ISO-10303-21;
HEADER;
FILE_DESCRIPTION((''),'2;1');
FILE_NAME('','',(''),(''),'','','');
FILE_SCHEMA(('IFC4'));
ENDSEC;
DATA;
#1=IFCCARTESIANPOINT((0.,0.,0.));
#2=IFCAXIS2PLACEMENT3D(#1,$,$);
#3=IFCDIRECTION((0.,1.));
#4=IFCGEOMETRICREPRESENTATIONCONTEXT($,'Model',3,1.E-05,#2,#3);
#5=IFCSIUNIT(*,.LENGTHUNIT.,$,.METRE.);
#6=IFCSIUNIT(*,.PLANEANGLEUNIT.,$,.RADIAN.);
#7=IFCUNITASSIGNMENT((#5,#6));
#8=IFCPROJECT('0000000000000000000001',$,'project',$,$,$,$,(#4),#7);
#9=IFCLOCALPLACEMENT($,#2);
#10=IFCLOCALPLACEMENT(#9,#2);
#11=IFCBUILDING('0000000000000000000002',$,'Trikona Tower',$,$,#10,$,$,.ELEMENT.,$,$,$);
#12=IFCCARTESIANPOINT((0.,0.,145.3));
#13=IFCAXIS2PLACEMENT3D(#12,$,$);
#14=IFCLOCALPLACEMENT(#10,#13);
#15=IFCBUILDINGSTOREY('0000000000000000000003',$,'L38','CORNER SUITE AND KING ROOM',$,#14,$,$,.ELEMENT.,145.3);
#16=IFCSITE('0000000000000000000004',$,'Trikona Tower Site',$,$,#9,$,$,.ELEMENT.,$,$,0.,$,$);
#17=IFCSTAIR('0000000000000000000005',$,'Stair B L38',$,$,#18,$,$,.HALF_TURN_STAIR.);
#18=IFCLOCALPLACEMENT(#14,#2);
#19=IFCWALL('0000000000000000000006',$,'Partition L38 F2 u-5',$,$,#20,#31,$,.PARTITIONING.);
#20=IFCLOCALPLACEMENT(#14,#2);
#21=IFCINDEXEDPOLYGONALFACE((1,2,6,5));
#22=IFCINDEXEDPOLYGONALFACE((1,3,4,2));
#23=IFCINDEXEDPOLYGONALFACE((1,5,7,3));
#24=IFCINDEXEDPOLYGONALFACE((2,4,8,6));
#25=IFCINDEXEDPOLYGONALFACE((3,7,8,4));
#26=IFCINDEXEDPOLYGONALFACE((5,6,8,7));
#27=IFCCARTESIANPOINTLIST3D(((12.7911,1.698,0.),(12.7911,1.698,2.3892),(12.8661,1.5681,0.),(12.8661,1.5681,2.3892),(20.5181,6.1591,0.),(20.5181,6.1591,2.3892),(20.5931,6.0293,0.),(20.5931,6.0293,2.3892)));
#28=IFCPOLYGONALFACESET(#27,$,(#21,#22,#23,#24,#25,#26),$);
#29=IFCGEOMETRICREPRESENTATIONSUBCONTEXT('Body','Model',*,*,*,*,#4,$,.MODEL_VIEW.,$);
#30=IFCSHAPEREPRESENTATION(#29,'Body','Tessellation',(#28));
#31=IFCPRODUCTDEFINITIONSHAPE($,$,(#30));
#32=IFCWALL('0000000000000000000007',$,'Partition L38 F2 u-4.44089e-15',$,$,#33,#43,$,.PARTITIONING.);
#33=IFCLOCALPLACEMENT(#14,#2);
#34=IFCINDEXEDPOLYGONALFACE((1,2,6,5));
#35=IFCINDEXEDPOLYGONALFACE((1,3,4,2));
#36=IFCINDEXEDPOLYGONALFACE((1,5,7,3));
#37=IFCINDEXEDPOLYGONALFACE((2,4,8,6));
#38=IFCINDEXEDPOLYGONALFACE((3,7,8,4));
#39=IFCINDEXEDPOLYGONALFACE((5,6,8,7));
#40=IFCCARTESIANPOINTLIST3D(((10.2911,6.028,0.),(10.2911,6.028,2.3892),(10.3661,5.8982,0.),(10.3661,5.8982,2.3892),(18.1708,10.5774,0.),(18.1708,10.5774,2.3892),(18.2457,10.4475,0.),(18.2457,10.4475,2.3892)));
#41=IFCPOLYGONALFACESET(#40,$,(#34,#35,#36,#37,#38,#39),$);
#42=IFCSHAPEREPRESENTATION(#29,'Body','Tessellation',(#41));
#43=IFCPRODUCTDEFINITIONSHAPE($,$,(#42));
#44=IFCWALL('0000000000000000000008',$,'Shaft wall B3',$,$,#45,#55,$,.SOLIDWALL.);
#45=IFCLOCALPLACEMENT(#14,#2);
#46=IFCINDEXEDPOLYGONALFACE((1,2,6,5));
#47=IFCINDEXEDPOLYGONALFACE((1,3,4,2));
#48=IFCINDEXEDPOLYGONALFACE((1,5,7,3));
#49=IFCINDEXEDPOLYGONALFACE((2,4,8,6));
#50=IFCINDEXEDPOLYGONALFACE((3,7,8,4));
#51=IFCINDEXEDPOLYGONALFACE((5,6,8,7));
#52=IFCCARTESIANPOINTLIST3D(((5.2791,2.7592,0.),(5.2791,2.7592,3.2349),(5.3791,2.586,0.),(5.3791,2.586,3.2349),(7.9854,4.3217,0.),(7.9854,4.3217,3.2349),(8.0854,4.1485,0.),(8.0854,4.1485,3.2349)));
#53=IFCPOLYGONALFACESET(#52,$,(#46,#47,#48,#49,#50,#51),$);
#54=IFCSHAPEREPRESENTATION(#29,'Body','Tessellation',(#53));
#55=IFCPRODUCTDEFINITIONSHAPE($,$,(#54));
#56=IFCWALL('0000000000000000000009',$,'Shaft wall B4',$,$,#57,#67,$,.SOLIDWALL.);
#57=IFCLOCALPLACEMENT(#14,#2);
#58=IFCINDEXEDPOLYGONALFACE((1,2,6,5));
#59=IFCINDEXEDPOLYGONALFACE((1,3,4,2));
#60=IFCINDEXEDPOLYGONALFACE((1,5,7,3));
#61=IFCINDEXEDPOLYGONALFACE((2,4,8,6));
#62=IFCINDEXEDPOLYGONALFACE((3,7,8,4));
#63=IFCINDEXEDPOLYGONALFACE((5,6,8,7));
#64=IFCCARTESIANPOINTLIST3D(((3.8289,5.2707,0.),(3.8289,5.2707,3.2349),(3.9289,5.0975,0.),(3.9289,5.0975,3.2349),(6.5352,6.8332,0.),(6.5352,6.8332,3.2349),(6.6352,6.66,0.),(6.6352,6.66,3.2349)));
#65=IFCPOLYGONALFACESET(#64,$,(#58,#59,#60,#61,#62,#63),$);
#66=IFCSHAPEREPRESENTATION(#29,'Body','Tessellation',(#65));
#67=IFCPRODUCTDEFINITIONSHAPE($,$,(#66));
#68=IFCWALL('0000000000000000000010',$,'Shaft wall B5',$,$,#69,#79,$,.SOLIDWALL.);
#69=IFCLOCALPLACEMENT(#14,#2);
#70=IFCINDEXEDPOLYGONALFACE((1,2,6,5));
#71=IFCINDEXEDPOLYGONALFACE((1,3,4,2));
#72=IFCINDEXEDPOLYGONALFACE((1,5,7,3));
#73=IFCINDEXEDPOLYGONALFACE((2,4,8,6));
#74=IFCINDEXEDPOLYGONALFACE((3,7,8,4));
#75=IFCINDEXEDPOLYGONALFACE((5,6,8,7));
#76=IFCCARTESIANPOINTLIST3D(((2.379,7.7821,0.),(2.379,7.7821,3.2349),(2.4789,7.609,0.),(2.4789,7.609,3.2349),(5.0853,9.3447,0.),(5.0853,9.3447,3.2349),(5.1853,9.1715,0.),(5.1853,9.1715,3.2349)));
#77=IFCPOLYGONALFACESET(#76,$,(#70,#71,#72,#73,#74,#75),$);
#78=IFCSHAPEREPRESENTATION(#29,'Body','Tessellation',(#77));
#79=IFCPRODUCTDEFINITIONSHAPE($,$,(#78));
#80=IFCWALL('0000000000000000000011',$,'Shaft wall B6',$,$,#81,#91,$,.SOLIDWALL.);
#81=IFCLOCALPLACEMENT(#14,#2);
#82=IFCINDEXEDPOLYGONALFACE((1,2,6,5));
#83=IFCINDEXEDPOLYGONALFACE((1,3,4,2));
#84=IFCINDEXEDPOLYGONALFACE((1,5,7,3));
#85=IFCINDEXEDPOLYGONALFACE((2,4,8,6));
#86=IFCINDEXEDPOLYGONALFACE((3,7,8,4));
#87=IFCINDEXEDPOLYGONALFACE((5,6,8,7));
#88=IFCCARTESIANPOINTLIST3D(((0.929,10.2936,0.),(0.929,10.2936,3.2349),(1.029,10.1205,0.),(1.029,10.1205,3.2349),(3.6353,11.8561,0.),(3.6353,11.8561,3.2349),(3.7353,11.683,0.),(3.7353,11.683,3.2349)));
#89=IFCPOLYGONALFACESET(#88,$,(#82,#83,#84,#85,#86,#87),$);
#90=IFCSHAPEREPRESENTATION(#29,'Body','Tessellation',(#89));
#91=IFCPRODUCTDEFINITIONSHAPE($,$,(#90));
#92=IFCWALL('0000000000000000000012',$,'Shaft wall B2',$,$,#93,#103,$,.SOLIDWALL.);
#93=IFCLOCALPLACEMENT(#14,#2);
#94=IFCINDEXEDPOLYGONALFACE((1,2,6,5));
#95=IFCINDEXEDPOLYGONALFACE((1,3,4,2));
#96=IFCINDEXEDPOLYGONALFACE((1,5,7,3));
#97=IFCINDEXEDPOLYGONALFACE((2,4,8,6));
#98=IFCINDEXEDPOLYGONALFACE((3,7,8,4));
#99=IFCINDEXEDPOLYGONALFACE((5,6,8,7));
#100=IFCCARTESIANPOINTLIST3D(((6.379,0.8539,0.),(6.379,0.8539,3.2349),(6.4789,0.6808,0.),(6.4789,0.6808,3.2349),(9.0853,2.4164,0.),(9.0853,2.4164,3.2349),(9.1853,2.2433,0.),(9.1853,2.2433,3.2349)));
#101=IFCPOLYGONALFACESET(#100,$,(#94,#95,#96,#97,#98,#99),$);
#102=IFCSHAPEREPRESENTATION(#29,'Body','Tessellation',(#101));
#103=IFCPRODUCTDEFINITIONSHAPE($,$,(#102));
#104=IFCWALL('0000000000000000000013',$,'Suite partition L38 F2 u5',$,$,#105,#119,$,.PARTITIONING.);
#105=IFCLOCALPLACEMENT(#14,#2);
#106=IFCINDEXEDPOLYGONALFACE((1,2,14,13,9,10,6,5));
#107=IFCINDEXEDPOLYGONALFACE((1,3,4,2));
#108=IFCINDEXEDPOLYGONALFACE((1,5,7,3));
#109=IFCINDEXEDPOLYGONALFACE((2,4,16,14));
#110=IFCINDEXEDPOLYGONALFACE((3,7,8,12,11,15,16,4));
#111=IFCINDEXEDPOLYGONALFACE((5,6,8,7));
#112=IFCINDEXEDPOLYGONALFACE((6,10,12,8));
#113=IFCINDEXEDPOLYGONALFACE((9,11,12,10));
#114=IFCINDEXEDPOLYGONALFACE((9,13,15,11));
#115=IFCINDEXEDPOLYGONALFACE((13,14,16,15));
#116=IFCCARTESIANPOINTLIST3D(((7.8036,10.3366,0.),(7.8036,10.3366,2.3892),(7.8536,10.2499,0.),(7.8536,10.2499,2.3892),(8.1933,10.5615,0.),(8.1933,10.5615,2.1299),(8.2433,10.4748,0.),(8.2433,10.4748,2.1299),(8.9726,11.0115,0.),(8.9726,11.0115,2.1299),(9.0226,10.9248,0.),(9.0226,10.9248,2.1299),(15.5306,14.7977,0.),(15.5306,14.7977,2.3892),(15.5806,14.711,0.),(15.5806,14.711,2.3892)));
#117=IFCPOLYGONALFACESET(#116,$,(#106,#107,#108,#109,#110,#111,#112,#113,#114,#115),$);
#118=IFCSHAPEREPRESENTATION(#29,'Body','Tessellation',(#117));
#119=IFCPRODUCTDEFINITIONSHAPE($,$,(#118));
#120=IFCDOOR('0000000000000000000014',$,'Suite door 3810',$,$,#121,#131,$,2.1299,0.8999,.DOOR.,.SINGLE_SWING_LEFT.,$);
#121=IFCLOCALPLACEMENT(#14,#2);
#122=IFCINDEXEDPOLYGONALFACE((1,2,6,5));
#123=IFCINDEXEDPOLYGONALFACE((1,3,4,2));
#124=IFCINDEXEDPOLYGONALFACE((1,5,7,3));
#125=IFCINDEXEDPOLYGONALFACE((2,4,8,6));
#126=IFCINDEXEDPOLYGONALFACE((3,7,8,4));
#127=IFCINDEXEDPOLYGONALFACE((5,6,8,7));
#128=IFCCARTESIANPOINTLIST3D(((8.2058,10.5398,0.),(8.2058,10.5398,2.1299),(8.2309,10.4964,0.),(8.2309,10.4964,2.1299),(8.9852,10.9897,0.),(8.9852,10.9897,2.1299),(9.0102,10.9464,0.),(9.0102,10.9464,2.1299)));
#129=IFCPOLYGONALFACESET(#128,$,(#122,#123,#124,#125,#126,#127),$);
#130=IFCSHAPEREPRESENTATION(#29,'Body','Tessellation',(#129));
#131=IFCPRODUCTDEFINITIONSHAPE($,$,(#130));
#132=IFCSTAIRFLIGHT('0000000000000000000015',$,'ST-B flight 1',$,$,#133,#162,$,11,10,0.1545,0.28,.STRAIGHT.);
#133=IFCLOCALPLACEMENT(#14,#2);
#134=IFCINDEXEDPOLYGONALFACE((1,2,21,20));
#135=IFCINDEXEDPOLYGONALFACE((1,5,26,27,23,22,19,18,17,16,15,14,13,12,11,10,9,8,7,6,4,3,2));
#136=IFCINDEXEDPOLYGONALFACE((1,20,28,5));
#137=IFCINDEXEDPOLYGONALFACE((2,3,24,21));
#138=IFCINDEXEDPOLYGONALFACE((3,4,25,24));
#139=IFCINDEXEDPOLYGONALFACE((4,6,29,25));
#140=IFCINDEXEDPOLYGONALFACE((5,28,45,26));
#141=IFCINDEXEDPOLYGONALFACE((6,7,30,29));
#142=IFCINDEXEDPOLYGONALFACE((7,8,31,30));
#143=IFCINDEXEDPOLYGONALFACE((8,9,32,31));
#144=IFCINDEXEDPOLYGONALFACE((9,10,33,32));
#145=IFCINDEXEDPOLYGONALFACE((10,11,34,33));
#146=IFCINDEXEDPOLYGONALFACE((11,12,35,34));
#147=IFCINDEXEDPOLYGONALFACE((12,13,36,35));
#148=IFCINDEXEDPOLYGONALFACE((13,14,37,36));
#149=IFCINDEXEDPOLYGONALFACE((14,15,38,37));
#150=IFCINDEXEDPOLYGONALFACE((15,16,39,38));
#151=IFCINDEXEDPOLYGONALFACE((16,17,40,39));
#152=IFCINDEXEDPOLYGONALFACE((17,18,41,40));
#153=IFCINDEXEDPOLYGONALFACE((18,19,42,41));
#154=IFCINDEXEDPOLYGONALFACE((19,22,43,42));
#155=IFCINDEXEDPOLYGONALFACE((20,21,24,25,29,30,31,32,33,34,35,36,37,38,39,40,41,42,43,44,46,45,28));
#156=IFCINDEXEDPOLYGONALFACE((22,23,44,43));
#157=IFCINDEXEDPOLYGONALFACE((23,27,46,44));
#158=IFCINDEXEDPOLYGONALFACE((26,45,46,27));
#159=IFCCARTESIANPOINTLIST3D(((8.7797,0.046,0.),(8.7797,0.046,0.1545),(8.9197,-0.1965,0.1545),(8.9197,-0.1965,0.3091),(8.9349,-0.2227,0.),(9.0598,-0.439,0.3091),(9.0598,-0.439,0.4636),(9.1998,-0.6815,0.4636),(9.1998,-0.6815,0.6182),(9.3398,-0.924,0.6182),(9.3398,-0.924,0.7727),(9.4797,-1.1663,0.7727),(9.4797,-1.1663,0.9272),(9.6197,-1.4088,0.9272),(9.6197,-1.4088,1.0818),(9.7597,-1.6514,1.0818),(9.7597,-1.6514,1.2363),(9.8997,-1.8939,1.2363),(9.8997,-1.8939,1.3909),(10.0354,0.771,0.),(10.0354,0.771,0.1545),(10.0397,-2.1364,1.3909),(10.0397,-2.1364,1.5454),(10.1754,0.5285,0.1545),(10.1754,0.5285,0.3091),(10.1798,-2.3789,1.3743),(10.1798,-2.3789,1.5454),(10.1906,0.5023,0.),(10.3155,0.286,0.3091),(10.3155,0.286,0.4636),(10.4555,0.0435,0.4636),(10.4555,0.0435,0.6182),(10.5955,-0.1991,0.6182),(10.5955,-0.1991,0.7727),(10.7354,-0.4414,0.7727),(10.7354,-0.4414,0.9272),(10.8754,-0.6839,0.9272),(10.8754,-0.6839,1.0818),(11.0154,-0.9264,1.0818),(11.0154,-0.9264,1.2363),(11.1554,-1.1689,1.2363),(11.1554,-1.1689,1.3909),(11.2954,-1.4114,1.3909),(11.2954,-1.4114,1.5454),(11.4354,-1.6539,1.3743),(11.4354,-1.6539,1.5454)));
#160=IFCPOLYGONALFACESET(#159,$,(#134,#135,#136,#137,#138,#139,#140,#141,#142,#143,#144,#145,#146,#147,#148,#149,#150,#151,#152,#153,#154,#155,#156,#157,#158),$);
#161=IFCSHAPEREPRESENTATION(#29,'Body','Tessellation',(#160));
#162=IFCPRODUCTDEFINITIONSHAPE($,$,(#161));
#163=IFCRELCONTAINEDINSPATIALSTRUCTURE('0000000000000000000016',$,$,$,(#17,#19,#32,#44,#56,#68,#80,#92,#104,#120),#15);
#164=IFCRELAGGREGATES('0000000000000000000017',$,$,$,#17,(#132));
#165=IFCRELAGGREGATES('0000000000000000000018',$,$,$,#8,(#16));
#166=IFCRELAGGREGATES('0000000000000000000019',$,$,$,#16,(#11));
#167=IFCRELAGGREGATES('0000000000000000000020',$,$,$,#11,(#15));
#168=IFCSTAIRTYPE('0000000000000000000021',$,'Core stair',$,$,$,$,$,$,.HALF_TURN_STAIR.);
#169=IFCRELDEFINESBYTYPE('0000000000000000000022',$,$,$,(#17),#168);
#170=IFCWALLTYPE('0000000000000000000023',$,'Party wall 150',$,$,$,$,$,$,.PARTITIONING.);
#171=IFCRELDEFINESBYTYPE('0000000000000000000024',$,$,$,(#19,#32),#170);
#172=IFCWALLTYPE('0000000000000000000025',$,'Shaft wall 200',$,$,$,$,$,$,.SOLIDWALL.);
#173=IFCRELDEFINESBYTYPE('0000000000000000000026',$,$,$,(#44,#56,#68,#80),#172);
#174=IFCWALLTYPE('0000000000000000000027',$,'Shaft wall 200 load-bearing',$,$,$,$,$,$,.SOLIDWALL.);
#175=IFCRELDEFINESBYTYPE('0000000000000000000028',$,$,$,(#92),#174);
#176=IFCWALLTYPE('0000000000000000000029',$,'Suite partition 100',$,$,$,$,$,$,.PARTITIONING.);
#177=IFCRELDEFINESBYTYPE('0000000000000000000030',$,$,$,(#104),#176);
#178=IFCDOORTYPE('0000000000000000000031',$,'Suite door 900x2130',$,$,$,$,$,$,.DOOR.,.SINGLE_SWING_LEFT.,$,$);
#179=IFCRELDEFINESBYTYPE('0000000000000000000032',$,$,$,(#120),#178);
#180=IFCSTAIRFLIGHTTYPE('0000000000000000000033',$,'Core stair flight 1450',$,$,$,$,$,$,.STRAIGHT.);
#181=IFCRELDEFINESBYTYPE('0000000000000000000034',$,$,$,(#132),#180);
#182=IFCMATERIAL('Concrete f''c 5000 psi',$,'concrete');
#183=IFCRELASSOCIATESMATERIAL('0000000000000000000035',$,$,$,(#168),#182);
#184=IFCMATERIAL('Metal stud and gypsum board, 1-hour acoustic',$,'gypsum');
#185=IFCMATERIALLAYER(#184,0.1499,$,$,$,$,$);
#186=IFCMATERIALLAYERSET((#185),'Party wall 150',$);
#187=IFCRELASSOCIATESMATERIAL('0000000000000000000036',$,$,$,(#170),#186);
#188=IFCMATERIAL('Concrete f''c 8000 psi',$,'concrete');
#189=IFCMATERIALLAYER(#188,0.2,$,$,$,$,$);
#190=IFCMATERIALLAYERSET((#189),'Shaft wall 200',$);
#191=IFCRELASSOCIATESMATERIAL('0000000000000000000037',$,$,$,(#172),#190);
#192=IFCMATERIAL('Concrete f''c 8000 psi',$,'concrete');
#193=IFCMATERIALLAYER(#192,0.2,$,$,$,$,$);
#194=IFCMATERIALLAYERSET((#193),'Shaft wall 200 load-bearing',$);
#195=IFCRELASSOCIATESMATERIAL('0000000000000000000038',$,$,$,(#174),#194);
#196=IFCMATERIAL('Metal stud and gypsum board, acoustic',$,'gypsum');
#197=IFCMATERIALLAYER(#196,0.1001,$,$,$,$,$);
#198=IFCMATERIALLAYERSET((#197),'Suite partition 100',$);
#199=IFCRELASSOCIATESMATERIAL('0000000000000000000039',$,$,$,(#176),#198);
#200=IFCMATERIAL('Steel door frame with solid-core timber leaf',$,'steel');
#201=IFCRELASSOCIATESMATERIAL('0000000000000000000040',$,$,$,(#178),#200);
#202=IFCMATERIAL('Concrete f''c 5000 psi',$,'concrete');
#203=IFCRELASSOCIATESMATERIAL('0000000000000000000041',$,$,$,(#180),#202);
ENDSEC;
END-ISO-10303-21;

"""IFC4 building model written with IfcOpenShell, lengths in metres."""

from ifc_helpers import new_model, si_unit, direction, frame, frame_2d, origin, place, context, subcontext, project, spatial, polyline, rectangle, outline, extrude, material, layer, layer_set, type_object, element, fill, aggregate, save


model = new_model("IFC4")

# Units and contexts
model_context = context("Model", 3, precision=1e-05, world=origin(), true_north=direction((0.0, 1.0)))
body_context = subcontext(model_context, "Body", "Model", "MODEL_VIEW")
ifc_project = project(units=[si_unit("LENGTHUNIT", "METRE"), si_unit("PLANEANGLEUNIT", "RADIAN")], contexts=[model_context])

# Site, building, storey
site_placement = place(None, origin())
site = spatial("IfcSite", under=ifc_project, at=site_placement, Name="Trikona Tower Site", CompositionType="ELEMENT", RefElevation=0.0)
building_placement = place(site_placement, origin())
building = spatial("IfcBuilding", under=site, at=building_placement, Name="Trikona Tower", CompositionType="ELEMENT")
storey_placement = place(building_placement, frame((0.0, 0.0, 145.3)))
storey = spatial("IfcBuildingStorey", under=building, at=storey_placement, Name="L38", Description="CORNER SUITE AND KING ROOM", CompositionType="ELEMENT", Elevation=145.3)

# Stair
ifc_material_1 = material(Name="Concrete f'c 5000 psi", Category="concrete")
stair_type = type_object("IfcStairType", Name="Core stair", PredefinedType="HALF_TURN_STAIR", material=ifc_material_1)
stair_1_placement = place(storey_placement, origin())
stair_1 = element("IfcStair", 1, at=stair_1_placement, inside=storey, type_object=stair_type, Name="Stair B L38", PredefinedType="HALF_TURN_STAIR")

# Walls
ifc_material_2 = material(Name="Metal stud and gypsum board, 1-hour acoustic", Category="gypsum")
ifc_layer_1 = layer(ifc_material_2, 0.1499)
ifc_layer_set_1 = layer_set([ifc_layer_1], Name="Party wall 150")
wall_type_1 = type_object("IfcWallType", Name="Party wall 150", PredefinedType="PARTITIONING", material=ifc_layer_set_1)
wall_1_placement = place(storey_placement, frame((12.8286, 1.6331, 0.0), z_axis=(0.0, 0.0, 1.0), x_axis=(0.866027, 0.499997, 0.0)))
element("IfcWall", 2, at=wall_1_placement, inside=storey, type_object=wall_type_1, Name="Partition L38 F2 u-5", PredefinedType="PARTITIONING", context=body_context, shape_type="SweptSolid", body=[
    extrude(rectangle(XDim=8.9224, YDim=0.1499, at=frame_2d((4.4612, 0.0))), origin(), (0.0, 0.0, 1.0), 2.3892),
])
wall_2_placement = place(storey_placement, frame((10.3286, 5.9631, 0.0), z_axis=(0.0, 0.0, 1.0), x_axis=(0.866025, 0.5, 0.0)))
element("IfcWall", 3, at=wall_2_placement, inside=storey, type_object=wall_type_1, Name="Partition L38 F2 u-4.44089e-15", PredefinedType="PARTITIONING", context=body_context, shape_type="SweptSolid", body=[
    extrude(rectangle(XDim=9.0986, YDim=0.1499, at=frame_2d((4.5493, 0.0))), origin(), (0.0, 0.0, 1.0), 2.3892),
])
ifc_material_3 = material(Name="Concrete f'c 8000 psi", Category="concrete")
ifc_layer_2 = layer(ifc_material_3, 0.2)
ifc_layer_set_2 = layer_set([ifc_layer_2], Name="Shaft wall 200")
wall_type_2 = type_object("IfcWallType", Name="Shaft wall 200", PredefinedType="SOLIDWALL", material=ifc_layer_set_2)
for number, where, z_axis, x_axis, name in (
    (4, (5.3291, 2.6726, 0.0), (0.0, 0.0, 1.0), (0.866023, 0.500004, 0.0), "Shaft wall B3"),
    (5, (3.8789, 5.1841, 0.0), (0.0, 0.0, 1.0), (0.866023, 0.500004, 0.0), "Shaft wall B4"),
    (6, (2.429, 7.6956, 0.0), (0.0, 0.0, 1.0), (0.866023, 0.500004, 0.0), "Shaft wall B5"),
    (7, (0.979, 10.207, 0.0), (0.0, 0.0, 1.0), (0.866023, 0.500004, 0.0), "Shaft wall B6"),
):
    element("IfcWall", number, at=place(storey_placement, frame(where, z_axis=z_axis, x_axis=x_axis)), inside=storey, type_object=wall_type_2, Name=name, PredefinedType="SOLIDWALL", context=body_context, shape_type="SweptSolid", body=[
        extrude(rectangle(XDim=3.125, YDim=0.2, at=frame_2d((1.5625, 0.0))), origin(), (0.0, 0.0, 1.0), 3.2349),
    ])
ifc_material_4 = material(Name="Concrete f'c 8000 psi", Category="concrete")
ifc_layer_3 = layer(ifc_material_4, 0.2)
ifc_layer_set_3 = layer_set([ifc_layer_3], Name="Shaft wall 200 load-bearing")
wall_type_3 = type_object("IfcWallType", Name="Shaft wall 200 load-bearing", PredefinedType="SOLIDWALL", material=ifc_layer_set_3)
wall_3_placement = place(storey_placement, frame((6.429, 0.7673, 0.0), z_axis=(0.0, 0.0, 1.0), x_axis=(0.866023, 0.500004, 0.0)))
element("IfcWall", 8, at=wall_3_placement, inside=storey, type_object=wall_type_3, Name="Shaft wall B2", PredefinedType="SOLIDWALL", context=body_context, shape_type="SweptSolid", body=[
    extrude(rectangle(XDim=3.125, YDim=0.2, at=frame_2d((1.5625, 0.0))), origin(), (0.0, 0.0, 1.0), 3.2349),
])

# Wall, opening, door
ifc_material_5 = material(Name="Metal stud and gypsum board, acoustic", Category="gypsum")
ifc_layer_4 = layer(ifc_material_5, 0.1001)
ifc_layer_set_4 = layer_set([ifc_layer_4], Name="Suite partition 100")
wall_type_4 = type_object("IfcWallType", Name="Suite partition 100", PredefinedType="PARTITIONING", material=ifc_layer_set_4)
wall_4_placement = place(storey_placement, frame((7.8286, 10.2932, 0.0), z_axis=(0.0, 0.0, 1.0), x_axis=(0.866027, 0.499997, 0.0)))
wall_4 = element("IfcWall", 9, at=wall_4_placement, inside=storey, type_object=wall_type_4, Name="Suite partition L38 F2 u5", PredefinedType="PARTITIONING", context=body_context, shape_type="SweptSolid", body=[
    extrude(rectangle(XDim=8.9224, YDim=0.1001, at=frame_2d((4.4612, 0.0))), origin(), (0.0, 0.0, 1.0), 2.3892),
])
opening_1_placement = place(wall_4_placement, frame((0.45, 0.0, 0.0)))
opening_1 = element("IfcOpeningElement", 10, at=opening_1_placement, cuts=wall_4, PredefinedType="OPENING", context=body_context, shape_type="SweptSolid", body=[
    extrude(rectangle(XDim=0.8999, YDim=2.1299, at=frame_2d((0.45, 1.0649))), frame((0.0, 0.0601, 0.0), z_axis=(0.0, -1.0, 0.0), x_axis=(1.0, 0.0, 0.0)), (0.0, 0.0, 1.0), 0.1201),
])
ifc_material_6 = material(Name="Steel door frame with solid-core timber leaf", Category="steel")
door_type_1 = type_object("IfcDoorType", Name="Suite door 900x2130", OperationType="SINGLE_SWING_LEFT", PredefinedType="DOOR", material=ifc_material_6)
door_1_placement = place(opening_1_placement, origin())
door_1 = element("IfcDoor", 11, at=door_1_placement, inside=storey, type_object=door_type_1, Name="Suite door 3810", OperationType="SINGLE_SWING_LEFT", OverallHeight=2.1299, OverallWidth=0.8999, PredefinedType="DOOR", context=body_context, shape_type="SweptSolid", body=[
    extrude(rectangle(XDim=0.8999, YDim=2.1299, at=frame_2d((0.45, 1.0649))), frame((0.0, 0.0249, 0.0), z_axis=(0.0, -1.0, 0.0), x_axis=(1.0, 0.0, 0.0)), (0.0, 0.0, 1.0), 0.05),
])
fill(opening_1, door_1)

# Stair flight
ifc_material_7 = material(Name="Concrete f'c 5000 psi", Category="concrete")
stair_flight_type = type_object("IfcStairFlightType", Name="Core stair flight 1450", PredefinedType="STRAIGHT", material=ifc_material_7)
stair_flight_placement = place(storey_placement, frame((9.4075, 0.4084, 0.0), z_axis=(0.0, 0.0, 1.0), x_axis=(0.5, -0.866025, 0.0)))
stair_flight = element("IfcStairFlight", 12, at=stair_flight_placement, type_object=stair_flight_type, Name="ST-B flight 1", NumberOfRisers=11, NumberOfTreads=10, PredefinedType="STRAIGHT", RiserHeight=0.1545, TreadLength=0.28, context=body_context, shape_type="SweptSolid", body=[
    extrude(outline(polyline([(0.0, 0.0), (0.0, 0.1545), (0.28, 0.1545), (0.28, 0.3091), (0.5601, 0.3091), (0.5601, 0.4636), (0.8401, 0.4636), (0.8401, 0.6182), (1.1201, 0.6182), (1.1201, 0.7727), (1.3999, 0.7727), (1.3999, 0.9272), (1.6799, 0.9272), (1.6799, 1.0818), (1.96, 1.0818), (1.96, 1.2363), (2.24, 1.2363), (2.24, 1.3909), (2.52, 1.3909), (2.52, 1.5454), (2.8, 1.5454), (2.8, 1.7), (2.8, 1.3743), (0.3103, 0.0), (0.0, 0.0)])), frame((0.0, 0.7251, 0.0), z_axis=(0.0, -1.0, 0.0), x_axis=(1.0, 0.0, 0.0)), (0.0, 0.0, 1.0), 1.45),
])
aggregate(stair_1, [stair_flight])

save(model, "model.ifc")
